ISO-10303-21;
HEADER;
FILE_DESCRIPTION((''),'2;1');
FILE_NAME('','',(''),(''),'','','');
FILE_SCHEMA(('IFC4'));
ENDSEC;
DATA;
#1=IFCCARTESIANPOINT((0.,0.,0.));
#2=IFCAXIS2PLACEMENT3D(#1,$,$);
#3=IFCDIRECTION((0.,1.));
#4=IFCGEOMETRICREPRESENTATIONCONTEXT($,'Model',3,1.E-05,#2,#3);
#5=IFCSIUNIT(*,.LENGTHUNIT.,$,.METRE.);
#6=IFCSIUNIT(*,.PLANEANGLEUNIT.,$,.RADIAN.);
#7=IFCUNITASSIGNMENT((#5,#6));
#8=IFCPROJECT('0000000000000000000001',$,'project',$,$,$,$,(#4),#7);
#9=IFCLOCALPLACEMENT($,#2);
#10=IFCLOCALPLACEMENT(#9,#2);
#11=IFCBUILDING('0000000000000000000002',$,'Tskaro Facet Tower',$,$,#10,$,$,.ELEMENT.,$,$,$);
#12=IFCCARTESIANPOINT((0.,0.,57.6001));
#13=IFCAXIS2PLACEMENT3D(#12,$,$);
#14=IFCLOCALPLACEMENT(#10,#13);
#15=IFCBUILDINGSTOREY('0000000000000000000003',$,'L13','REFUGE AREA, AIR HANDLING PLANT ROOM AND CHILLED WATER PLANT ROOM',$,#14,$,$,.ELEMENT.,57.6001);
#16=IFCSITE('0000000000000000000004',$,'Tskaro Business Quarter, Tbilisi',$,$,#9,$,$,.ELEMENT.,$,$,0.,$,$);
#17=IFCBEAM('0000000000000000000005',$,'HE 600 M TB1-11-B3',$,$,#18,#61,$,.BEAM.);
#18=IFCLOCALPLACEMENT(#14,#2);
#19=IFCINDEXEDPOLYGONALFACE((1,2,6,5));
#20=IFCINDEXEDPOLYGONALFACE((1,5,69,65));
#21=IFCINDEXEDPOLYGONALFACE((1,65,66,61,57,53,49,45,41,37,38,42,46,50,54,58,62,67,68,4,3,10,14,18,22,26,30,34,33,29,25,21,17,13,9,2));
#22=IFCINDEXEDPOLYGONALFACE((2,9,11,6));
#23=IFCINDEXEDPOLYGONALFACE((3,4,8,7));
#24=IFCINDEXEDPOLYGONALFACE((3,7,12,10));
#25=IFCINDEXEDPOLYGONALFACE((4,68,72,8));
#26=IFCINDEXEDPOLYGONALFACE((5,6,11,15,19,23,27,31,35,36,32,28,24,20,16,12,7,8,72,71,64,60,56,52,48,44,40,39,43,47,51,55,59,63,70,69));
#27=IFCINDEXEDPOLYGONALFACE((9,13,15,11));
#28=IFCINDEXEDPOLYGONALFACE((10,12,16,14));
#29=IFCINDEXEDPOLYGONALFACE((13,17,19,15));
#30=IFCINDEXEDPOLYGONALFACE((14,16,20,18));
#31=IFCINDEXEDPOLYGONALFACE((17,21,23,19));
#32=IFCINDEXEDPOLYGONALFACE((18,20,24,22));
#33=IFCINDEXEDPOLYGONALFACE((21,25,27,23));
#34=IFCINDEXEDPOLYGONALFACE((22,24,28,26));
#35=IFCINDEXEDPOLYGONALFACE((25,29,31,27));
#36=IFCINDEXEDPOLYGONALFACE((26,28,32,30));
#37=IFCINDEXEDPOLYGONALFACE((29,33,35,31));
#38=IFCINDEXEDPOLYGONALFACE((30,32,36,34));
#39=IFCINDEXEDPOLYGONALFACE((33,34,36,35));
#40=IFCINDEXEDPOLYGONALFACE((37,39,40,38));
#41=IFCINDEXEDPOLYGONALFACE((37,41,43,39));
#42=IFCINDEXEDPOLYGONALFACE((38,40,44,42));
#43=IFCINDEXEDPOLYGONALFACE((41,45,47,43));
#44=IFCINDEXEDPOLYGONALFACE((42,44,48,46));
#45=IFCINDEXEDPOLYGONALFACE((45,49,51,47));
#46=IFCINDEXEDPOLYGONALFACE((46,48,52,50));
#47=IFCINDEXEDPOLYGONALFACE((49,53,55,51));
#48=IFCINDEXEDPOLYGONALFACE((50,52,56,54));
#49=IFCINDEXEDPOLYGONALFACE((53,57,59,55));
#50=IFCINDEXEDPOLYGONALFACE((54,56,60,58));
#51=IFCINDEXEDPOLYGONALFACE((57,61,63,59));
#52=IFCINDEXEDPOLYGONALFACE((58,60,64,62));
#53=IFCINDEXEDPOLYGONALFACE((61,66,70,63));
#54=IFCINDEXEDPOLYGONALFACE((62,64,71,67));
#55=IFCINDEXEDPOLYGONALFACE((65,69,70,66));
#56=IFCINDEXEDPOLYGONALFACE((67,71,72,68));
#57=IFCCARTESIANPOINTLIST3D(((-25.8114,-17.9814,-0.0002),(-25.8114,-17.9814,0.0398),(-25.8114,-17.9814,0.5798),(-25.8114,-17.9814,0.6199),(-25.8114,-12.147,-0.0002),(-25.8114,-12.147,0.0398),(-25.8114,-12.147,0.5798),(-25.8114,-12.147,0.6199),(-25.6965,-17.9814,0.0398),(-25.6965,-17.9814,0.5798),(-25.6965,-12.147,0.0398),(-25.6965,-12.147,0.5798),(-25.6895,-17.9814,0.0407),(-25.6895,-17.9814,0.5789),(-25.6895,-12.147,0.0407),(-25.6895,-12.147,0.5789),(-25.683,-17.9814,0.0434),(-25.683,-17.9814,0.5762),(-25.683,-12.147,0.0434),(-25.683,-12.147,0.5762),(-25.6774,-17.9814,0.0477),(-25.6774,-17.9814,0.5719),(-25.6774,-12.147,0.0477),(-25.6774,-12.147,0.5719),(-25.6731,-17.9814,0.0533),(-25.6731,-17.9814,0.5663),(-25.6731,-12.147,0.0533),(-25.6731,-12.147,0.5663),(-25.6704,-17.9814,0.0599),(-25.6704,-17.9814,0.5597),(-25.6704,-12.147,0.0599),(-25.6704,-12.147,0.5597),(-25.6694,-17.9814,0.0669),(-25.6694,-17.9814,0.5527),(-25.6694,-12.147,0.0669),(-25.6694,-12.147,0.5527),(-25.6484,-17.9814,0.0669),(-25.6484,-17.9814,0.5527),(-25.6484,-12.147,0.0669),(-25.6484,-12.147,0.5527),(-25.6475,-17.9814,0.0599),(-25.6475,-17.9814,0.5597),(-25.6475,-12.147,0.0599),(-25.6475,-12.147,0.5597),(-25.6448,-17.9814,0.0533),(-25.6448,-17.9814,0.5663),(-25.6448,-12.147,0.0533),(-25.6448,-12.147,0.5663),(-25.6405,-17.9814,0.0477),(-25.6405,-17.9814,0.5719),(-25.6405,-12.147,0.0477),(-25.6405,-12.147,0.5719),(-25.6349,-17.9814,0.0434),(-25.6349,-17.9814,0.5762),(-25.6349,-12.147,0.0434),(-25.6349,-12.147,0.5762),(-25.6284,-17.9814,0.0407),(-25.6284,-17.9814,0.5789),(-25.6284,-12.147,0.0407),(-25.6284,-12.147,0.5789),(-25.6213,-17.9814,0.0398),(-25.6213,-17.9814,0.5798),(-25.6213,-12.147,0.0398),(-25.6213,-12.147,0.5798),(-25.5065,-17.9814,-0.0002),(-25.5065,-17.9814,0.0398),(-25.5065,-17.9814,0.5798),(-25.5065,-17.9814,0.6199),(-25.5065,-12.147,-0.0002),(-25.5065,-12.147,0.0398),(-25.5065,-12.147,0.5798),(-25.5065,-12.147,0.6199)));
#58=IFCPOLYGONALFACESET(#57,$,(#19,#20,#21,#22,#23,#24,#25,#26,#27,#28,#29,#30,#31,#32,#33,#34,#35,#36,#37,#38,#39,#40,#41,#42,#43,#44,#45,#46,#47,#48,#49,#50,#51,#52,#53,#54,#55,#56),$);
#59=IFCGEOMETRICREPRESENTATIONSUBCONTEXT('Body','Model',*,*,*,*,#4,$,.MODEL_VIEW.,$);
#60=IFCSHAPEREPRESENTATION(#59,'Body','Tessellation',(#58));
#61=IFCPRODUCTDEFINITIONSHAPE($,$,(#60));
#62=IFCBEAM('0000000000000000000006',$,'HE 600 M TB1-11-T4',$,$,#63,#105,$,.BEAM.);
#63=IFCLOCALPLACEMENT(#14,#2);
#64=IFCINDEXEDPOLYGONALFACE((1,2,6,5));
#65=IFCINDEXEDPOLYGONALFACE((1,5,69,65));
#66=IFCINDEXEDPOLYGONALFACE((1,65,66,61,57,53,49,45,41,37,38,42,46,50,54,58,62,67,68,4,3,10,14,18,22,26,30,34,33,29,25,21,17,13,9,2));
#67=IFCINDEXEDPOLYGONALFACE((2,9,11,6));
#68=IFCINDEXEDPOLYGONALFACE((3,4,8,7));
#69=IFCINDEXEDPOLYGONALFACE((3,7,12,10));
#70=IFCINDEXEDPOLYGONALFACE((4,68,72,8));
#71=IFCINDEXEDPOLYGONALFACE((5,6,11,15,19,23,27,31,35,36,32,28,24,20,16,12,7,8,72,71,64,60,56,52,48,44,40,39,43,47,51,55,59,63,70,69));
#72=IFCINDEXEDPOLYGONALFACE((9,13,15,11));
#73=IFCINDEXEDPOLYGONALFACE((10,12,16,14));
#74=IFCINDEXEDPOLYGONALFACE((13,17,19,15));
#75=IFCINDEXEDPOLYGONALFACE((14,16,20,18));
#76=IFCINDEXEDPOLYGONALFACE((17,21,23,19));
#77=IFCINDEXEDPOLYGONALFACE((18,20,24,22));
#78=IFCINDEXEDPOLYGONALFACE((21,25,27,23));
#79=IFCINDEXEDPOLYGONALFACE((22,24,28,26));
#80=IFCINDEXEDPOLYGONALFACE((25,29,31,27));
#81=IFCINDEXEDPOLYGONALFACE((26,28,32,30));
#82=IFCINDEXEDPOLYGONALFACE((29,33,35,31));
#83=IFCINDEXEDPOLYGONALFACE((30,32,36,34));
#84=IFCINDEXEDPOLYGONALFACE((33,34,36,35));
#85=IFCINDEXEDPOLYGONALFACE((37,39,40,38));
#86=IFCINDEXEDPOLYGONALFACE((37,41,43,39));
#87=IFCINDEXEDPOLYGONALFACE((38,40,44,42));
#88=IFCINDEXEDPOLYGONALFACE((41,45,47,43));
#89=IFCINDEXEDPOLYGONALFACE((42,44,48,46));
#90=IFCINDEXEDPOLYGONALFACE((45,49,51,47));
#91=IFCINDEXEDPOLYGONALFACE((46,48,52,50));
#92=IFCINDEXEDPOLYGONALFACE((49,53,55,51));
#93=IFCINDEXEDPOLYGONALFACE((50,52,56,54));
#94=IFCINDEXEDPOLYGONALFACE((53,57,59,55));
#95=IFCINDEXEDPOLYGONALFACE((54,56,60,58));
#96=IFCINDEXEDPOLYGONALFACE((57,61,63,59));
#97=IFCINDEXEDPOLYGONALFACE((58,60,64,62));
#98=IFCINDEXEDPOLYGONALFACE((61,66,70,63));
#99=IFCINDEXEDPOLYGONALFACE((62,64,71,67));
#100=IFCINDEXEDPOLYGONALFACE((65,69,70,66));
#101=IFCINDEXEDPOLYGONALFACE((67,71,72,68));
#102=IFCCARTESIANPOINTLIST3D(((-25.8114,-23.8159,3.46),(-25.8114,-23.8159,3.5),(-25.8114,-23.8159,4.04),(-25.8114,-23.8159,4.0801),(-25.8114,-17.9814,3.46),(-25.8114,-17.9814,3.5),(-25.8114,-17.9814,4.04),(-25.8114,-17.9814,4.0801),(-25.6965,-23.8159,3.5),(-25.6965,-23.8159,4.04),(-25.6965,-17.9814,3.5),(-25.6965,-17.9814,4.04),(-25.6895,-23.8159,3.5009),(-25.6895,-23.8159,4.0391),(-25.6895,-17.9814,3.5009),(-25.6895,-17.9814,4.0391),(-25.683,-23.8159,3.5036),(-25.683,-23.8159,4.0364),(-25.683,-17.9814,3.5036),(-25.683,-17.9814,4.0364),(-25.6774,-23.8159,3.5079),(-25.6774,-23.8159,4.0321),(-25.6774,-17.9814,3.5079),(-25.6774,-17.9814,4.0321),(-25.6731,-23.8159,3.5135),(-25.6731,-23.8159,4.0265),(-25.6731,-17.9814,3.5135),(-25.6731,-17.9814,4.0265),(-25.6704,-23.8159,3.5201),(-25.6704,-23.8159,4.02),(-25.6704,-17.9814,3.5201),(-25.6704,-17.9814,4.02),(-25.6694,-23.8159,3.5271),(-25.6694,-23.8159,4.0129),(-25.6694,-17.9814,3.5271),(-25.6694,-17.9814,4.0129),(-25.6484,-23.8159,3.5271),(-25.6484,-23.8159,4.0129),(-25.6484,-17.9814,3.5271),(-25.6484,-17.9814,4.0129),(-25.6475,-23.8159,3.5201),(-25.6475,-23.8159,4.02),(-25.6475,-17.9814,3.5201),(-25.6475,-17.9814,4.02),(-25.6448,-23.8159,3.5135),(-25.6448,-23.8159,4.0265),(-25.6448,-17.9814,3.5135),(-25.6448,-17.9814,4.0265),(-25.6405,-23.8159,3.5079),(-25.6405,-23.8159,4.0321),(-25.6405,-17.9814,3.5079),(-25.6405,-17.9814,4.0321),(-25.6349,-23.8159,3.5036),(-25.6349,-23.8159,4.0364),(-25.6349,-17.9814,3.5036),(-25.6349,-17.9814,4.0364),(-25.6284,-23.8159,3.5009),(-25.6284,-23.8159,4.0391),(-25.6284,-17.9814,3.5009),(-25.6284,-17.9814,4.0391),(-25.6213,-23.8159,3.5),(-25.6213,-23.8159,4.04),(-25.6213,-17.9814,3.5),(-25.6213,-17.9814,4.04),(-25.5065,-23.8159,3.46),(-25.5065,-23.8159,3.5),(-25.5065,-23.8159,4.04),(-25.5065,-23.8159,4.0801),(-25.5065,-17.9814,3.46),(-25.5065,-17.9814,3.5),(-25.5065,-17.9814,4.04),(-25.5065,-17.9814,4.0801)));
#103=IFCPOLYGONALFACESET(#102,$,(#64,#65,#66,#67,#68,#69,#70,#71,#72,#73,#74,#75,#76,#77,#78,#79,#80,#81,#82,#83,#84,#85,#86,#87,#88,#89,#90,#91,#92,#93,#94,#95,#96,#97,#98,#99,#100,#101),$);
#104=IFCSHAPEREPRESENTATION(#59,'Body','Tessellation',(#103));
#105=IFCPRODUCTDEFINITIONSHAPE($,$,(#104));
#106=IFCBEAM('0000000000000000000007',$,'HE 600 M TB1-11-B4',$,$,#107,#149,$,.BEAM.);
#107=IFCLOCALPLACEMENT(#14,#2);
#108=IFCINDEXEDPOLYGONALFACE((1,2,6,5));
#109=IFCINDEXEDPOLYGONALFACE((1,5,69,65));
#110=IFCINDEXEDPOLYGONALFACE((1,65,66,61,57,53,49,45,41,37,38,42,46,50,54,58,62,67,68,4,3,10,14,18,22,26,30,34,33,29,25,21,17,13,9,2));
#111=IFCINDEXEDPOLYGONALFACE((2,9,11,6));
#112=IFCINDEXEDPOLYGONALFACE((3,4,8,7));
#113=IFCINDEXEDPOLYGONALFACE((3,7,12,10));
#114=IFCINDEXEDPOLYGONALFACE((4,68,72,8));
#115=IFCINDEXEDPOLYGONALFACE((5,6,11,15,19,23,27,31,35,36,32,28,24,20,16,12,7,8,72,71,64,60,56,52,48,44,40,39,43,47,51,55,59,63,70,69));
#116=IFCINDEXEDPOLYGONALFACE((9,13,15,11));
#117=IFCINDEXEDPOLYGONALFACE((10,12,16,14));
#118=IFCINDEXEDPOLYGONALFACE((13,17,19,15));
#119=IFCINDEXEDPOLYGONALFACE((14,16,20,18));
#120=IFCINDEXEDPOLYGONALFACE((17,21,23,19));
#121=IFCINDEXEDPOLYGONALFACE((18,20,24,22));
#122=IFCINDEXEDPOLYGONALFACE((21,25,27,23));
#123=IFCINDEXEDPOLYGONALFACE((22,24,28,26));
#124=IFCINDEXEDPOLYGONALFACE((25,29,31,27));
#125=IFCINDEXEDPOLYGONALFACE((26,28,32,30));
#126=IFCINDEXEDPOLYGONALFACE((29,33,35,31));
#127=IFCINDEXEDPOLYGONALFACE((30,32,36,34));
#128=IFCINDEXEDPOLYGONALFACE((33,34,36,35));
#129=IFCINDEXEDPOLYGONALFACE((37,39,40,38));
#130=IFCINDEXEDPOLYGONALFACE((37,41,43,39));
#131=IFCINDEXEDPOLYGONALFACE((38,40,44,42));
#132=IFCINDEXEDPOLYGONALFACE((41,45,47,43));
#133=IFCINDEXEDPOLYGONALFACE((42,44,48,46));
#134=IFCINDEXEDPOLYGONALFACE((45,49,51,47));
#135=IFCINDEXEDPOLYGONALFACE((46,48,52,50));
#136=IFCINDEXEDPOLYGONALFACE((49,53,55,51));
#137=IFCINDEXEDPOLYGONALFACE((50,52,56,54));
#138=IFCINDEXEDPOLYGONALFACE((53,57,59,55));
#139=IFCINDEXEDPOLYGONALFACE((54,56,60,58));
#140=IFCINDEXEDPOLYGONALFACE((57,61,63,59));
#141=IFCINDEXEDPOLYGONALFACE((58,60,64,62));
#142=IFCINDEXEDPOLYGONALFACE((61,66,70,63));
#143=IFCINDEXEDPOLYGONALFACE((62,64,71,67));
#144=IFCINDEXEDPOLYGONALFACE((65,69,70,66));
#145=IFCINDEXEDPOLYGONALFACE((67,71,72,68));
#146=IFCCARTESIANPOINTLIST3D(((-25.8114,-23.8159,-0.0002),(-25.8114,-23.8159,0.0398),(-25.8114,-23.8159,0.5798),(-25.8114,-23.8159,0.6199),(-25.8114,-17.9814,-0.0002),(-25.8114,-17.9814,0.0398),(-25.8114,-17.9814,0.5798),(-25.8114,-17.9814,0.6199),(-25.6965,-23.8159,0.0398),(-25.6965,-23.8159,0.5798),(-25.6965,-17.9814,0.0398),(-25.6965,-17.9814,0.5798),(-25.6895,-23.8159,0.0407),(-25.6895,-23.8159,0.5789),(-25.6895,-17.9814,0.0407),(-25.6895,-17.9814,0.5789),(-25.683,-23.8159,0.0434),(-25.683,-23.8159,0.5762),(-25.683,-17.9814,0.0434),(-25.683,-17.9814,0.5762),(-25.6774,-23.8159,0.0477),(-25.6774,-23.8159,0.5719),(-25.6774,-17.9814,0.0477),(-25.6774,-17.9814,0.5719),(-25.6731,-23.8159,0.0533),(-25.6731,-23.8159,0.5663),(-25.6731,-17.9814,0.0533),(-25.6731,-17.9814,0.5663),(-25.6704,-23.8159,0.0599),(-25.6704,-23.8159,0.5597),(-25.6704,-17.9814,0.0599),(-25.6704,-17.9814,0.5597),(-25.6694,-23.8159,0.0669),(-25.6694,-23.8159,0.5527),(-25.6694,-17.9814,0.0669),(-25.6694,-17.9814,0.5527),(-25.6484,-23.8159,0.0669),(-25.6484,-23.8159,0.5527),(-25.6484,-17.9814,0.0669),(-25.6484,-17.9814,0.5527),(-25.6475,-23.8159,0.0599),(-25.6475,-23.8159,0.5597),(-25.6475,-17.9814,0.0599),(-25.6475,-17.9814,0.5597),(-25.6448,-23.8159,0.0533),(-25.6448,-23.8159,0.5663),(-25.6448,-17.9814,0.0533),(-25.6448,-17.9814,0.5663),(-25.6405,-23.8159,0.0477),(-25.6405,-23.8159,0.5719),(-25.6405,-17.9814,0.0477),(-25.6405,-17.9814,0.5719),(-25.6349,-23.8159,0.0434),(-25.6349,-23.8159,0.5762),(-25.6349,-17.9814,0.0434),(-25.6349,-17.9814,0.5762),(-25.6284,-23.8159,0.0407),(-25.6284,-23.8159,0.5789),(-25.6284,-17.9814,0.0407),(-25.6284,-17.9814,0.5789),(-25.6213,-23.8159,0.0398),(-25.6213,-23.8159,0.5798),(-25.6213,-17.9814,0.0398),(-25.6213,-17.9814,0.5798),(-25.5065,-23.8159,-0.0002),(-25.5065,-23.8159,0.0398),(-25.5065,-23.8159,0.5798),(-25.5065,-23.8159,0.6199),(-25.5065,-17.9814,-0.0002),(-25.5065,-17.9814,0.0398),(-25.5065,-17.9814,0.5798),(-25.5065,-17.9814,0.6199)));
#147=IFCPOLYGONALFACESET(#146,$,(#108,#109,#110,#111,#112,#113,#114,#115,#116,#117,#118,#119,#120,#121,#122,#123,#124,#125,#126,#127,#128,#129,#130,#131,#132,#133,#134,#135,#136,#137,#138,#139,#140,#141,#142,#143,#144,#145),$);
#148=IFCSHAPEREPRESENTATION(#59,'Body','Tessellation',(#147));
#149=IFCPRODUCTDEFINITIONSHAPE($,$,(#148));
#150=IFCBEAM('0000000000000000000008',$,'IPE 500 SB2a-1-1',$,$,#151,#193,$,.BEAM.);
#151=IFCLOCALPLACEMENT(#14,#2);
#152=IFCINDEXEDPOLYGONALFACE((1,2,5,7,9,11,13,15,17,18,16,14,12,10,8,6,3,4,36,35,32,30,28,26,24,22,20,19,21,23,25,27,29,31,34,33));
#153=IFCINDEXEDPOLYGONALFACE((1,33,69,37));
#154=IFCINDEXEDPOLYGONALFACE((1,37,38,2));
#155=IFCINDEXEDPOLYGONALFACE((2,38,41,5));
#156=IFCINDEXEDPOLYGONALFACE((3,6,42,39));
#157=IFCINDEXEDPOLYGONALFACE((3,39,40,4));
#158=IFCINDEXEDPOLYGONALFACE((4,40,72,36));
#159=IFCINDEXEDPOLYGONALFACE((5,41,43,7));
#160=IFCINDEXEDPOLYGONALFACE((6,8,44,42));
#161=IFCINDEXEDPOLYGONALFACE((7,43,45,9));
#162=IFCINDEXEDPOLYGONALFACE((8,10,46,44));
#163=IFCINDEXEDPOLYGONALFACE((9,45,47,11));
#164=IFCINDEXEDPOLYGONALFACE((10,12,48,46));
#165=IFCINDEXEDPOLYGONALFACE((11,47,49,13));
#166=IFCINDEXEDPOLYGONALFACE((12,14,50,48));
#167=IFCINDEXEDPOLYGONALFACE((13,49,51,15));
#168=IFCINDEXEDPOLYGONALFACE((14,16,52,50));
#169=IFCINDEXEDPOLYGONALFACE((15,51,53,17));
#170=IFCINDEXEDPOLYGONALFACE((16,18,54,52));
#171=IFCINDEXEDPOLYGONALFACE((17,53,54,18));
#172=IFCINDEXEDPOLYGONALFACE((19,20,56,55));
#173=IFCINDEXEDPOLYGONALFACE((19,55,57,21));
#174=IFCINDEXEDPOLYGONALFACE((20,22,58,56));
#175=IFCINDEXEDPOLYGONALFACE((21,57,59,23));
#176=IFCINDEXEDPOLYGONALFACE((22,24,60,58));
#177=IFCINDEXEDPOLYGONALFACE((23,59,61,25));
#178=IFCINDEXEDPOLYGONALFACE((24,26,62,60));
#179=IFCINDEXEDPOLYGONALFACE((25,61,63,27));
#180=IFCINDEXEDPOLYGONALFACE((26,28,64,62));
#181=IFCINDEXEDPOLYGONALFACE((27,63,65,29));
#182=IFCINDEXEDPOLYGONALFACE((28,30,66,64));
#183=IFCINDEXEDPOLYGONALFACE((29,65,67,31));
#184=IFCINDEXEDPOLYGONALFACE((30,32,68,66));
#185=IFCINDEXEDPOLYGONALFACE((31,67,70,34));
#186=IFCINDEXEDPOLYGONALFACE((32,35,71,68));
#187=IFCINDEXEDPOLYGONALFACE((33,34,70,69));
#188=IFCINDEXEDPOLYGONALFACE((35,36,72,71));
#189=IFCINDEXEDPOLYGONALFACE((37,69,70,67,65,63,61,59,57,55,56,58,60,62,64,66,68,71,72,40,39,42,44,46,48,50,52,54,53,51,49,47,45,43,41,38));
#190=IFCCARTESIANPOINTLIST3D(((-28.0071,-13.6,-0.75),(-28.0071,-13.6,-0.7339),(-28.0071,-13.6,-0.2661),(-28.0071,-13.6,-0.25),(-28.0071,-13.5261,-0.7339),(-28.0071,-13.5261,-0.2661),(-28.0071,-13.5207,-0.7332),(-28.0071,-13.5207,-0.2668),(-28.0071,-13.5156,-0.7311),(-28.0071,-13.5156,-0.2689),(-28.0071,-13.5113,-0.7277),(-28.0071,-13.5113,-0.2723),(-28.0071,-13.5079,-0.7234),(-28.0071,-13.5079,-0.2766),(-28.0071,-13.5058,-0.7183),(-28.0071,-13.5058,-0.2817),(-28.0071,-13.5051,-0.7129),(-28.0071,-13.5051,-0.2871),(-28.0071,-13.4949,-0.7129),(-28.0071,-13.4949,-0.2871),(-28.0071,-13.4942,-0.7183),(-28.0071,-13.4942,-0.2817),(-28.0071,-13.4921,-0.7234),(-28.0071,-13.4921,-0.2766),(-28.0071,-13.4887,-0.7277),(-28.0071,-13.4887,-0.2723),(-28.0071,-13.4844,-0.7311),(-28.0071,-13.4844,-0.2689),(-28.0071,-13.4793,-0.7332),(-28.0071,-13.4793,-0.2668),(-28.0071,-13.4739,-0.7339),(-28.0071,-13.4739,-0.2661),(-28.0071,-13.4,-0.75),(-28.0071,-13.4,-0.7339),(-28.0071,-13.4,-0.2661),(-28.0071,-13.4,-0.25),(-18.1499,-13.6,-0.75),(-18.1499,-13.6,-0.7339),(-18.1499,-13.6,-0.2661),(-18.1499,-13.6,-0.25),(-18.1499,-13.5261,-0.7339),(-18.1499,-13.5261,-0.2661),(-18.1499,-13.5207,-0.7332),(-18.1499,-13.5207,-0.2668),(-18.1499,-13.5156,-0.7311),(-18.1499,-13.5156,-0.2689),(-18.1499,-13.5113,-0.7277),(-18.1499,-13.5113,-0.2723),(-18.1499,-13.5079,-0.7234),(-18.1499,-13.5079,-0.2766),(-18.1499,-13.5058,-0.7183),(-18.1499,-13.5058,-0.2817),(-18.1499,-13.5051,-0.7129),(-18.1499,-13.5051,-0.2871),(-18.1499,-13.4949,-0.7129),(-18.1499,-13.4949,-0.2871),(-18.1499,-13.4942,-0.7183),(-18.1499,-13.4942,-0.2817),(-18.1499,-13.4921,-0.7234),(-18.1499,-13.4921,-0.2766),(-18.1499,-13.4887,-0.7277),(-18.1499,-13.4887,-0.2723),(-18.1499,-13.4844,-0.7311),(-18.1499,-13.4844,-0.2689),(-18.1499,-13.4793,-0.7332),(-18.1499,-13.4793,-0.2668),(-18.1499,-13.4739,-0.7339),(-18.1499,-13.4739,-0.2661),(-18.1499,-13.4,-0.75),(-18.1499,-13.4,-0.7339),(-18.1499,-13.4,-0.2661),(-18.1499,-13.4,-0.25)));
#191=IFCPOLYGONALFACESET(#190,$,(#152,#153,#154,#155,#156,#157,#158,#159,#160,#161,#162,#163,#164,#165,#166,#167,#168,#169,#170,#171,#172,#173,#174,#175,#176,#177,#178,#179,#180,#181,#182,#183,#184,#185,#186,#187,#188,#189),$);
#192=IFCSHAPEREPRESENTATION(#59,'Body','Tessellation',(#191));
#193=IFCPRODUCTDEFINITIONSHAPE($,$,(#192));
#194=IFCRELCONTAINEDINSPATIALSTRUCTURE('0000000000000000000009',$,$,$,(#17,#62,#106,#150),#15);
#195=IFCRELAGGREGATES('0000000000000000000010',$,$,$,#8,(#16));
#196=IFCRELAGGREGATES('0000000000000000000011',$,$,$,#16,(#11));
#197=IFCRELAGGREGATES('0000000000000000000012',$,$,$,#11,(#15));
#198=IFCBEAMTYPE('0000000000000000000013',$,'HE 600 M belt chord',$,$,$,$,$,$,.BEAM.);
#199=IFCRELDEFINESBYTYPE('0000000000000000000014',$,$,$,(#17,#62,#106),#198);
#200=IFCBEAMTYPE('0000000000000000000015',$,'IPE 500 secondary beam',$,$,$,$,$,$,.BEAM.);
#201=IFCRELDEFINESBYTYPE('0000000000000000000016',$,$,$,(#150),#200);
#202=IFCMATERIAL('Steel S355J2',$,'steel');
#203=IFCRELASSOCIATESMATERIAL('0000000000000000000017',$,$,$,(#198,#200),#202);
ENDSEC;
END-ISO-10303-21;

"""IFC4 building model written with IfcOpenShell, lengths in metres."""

from ifc_helpers import new_model, si_unit, direction, frame, origin, origin_2d, place, context, subcontext, project, spatial, i_section, extrude, material, material_profile, profile_set, type_object, element, save


model = new_model("IFC4")

# Units and contexts
model_context = context("Model", 3, precision=1e-05, world=origin(), true_north=direction((0.0, 1.0)))
body_context = subcontext(model_context, "Body", "Model", "MODEL_VIEW")
ifc_project = project(units=[si_unit("LENGTHUNIT", "METRE"), si_unit("PLANEANGLEUNIT", "RADIAN")], contexts=[model_context])

# Site, building, storey
site_placement = place(None, origin())
site = spatial("IfcSite", under=ifc_project, at=site_placement, Name="Tskaro Business Quarter, Tbilisi", CompositionType="ELEMENT", RefElevation=0.0)
building_placement = place(site_placement, origin())
building = spatial("IfcBuilding", under=site, at=building_placement, Name="Tskaro Facet Tower", CompositionType="ELEMENT")
storey_placement = place(building_placement, frame((0.0, 0.0, 57.6001)))
storey = spatial("IfcBuildingStorey", under=building, at=storey_placement, Name="L13", Description="REFUGE AREA, AIR HANDLING PLANT ROOM AND CHILLED WATER PLANT ROOM", CompositionType="ELEMENT", Elevation=57.6001)

# Beams
ifc_material_1 = material(Name="Steel S355J2", Category="steel")
ifc_material_profile_1 = material_profile(ifc_material_1, i_section(OverallWidth=0.3049, OverallDepth=0.6201, WebThickness=0.021, FlangeThickness=0.04, FilletRadius=0.0271, at=origin_2d()), Name="HE 600 M")
ifc_profile_set_1 = profile_set([ifc_material_profile_1], Name="Steel S355J2")
beam_type_1 = type_object("IfcBeamType", Name="HE 600 M belt chord", PredefinedType="BEAM", material=ifc_profile_set_1)
for number, where, z_axis, x_axis, name in (
    (1, (-25.6589, -12.147, 0.3098), (0.0, -1.0, 0.0), (1.0, 0.0, 0.0), "HE 600 M TB1-11-B3"),
    (2, (-25.6589, -17.9814, 3.77), (0.0, -1.0, 0.0), (1.0, 0.0, 0.0), "HE 600 M TB1-11-T4"),
    (3, (-25.6589, -17.9814, 0.3098), (0.0, -1.0, 0.0), (1.0, 0.0, 0.0), "HE 600 M TB1-11-B4"),
):
    element("IfcBeam", number, at=place(storey_placement, frame(where, z_axis=z_axis, x_axis=x_axis)), inside=storey, type_object=beam_type_1, Name=name, PredefinedType="BEAM", context=body_context, shape_type="SweptSolid", body=[
        extrude(i_section(OverallWidth=0.3049, OverallDepth=0.6201, WebThickness=0.021, FlangeThickness=0.04, FilletRadius=0.0271, at=origin_2d()), origin(), (0.0, 0.0, 1.0), 5.8345),
    ])
ifc_material_profile_2 = material_profile(ifc_material_1, i_section(OverallWidth=0.2, OverallDepth=0.5, WebThickness=0.0103, FlangeThickness=0.0161, FilletRadius=0.021, at=origin_2d()), Name="IPE 500")
ifc_profile_set_2 = profile_set([ifc_material_profile_2], Name="Steel S355J2")
beam_type_2 = type_object("IfcBeamType", Name="IPE 500 secondary beam", PredefinedType="BEAM", material=ifc_profile_set_2)
for number, where, z_axis, x_axis, name in (
    (4, (-28.0071, -13.5, -0.5), (1.0, 0.0, 0.0), (0.0, 1.0, 0.0), "IPE 500 SB2a-1-1"),
):
    element("IfcBeam", number, at=place(storey_placement, frame(where, z_axis=z_axis, x_axis=x_axis)), inside=storey, type_object=beam_type_2, Name=name, PredefinedType="BEAM", context=body_context, shape_type="SweptSolid", body=[
        extrude(i_section(OverallWidth=0.2, OverallDepth=0.5, WebThickness=0.0103, FlangeThickness=0.0161, FilletRadius=0.021, at=origin_2d()), origin(), (0.0, 0.0, 1.0), 9.8572),
    ])

save(model, "model.ifc")
